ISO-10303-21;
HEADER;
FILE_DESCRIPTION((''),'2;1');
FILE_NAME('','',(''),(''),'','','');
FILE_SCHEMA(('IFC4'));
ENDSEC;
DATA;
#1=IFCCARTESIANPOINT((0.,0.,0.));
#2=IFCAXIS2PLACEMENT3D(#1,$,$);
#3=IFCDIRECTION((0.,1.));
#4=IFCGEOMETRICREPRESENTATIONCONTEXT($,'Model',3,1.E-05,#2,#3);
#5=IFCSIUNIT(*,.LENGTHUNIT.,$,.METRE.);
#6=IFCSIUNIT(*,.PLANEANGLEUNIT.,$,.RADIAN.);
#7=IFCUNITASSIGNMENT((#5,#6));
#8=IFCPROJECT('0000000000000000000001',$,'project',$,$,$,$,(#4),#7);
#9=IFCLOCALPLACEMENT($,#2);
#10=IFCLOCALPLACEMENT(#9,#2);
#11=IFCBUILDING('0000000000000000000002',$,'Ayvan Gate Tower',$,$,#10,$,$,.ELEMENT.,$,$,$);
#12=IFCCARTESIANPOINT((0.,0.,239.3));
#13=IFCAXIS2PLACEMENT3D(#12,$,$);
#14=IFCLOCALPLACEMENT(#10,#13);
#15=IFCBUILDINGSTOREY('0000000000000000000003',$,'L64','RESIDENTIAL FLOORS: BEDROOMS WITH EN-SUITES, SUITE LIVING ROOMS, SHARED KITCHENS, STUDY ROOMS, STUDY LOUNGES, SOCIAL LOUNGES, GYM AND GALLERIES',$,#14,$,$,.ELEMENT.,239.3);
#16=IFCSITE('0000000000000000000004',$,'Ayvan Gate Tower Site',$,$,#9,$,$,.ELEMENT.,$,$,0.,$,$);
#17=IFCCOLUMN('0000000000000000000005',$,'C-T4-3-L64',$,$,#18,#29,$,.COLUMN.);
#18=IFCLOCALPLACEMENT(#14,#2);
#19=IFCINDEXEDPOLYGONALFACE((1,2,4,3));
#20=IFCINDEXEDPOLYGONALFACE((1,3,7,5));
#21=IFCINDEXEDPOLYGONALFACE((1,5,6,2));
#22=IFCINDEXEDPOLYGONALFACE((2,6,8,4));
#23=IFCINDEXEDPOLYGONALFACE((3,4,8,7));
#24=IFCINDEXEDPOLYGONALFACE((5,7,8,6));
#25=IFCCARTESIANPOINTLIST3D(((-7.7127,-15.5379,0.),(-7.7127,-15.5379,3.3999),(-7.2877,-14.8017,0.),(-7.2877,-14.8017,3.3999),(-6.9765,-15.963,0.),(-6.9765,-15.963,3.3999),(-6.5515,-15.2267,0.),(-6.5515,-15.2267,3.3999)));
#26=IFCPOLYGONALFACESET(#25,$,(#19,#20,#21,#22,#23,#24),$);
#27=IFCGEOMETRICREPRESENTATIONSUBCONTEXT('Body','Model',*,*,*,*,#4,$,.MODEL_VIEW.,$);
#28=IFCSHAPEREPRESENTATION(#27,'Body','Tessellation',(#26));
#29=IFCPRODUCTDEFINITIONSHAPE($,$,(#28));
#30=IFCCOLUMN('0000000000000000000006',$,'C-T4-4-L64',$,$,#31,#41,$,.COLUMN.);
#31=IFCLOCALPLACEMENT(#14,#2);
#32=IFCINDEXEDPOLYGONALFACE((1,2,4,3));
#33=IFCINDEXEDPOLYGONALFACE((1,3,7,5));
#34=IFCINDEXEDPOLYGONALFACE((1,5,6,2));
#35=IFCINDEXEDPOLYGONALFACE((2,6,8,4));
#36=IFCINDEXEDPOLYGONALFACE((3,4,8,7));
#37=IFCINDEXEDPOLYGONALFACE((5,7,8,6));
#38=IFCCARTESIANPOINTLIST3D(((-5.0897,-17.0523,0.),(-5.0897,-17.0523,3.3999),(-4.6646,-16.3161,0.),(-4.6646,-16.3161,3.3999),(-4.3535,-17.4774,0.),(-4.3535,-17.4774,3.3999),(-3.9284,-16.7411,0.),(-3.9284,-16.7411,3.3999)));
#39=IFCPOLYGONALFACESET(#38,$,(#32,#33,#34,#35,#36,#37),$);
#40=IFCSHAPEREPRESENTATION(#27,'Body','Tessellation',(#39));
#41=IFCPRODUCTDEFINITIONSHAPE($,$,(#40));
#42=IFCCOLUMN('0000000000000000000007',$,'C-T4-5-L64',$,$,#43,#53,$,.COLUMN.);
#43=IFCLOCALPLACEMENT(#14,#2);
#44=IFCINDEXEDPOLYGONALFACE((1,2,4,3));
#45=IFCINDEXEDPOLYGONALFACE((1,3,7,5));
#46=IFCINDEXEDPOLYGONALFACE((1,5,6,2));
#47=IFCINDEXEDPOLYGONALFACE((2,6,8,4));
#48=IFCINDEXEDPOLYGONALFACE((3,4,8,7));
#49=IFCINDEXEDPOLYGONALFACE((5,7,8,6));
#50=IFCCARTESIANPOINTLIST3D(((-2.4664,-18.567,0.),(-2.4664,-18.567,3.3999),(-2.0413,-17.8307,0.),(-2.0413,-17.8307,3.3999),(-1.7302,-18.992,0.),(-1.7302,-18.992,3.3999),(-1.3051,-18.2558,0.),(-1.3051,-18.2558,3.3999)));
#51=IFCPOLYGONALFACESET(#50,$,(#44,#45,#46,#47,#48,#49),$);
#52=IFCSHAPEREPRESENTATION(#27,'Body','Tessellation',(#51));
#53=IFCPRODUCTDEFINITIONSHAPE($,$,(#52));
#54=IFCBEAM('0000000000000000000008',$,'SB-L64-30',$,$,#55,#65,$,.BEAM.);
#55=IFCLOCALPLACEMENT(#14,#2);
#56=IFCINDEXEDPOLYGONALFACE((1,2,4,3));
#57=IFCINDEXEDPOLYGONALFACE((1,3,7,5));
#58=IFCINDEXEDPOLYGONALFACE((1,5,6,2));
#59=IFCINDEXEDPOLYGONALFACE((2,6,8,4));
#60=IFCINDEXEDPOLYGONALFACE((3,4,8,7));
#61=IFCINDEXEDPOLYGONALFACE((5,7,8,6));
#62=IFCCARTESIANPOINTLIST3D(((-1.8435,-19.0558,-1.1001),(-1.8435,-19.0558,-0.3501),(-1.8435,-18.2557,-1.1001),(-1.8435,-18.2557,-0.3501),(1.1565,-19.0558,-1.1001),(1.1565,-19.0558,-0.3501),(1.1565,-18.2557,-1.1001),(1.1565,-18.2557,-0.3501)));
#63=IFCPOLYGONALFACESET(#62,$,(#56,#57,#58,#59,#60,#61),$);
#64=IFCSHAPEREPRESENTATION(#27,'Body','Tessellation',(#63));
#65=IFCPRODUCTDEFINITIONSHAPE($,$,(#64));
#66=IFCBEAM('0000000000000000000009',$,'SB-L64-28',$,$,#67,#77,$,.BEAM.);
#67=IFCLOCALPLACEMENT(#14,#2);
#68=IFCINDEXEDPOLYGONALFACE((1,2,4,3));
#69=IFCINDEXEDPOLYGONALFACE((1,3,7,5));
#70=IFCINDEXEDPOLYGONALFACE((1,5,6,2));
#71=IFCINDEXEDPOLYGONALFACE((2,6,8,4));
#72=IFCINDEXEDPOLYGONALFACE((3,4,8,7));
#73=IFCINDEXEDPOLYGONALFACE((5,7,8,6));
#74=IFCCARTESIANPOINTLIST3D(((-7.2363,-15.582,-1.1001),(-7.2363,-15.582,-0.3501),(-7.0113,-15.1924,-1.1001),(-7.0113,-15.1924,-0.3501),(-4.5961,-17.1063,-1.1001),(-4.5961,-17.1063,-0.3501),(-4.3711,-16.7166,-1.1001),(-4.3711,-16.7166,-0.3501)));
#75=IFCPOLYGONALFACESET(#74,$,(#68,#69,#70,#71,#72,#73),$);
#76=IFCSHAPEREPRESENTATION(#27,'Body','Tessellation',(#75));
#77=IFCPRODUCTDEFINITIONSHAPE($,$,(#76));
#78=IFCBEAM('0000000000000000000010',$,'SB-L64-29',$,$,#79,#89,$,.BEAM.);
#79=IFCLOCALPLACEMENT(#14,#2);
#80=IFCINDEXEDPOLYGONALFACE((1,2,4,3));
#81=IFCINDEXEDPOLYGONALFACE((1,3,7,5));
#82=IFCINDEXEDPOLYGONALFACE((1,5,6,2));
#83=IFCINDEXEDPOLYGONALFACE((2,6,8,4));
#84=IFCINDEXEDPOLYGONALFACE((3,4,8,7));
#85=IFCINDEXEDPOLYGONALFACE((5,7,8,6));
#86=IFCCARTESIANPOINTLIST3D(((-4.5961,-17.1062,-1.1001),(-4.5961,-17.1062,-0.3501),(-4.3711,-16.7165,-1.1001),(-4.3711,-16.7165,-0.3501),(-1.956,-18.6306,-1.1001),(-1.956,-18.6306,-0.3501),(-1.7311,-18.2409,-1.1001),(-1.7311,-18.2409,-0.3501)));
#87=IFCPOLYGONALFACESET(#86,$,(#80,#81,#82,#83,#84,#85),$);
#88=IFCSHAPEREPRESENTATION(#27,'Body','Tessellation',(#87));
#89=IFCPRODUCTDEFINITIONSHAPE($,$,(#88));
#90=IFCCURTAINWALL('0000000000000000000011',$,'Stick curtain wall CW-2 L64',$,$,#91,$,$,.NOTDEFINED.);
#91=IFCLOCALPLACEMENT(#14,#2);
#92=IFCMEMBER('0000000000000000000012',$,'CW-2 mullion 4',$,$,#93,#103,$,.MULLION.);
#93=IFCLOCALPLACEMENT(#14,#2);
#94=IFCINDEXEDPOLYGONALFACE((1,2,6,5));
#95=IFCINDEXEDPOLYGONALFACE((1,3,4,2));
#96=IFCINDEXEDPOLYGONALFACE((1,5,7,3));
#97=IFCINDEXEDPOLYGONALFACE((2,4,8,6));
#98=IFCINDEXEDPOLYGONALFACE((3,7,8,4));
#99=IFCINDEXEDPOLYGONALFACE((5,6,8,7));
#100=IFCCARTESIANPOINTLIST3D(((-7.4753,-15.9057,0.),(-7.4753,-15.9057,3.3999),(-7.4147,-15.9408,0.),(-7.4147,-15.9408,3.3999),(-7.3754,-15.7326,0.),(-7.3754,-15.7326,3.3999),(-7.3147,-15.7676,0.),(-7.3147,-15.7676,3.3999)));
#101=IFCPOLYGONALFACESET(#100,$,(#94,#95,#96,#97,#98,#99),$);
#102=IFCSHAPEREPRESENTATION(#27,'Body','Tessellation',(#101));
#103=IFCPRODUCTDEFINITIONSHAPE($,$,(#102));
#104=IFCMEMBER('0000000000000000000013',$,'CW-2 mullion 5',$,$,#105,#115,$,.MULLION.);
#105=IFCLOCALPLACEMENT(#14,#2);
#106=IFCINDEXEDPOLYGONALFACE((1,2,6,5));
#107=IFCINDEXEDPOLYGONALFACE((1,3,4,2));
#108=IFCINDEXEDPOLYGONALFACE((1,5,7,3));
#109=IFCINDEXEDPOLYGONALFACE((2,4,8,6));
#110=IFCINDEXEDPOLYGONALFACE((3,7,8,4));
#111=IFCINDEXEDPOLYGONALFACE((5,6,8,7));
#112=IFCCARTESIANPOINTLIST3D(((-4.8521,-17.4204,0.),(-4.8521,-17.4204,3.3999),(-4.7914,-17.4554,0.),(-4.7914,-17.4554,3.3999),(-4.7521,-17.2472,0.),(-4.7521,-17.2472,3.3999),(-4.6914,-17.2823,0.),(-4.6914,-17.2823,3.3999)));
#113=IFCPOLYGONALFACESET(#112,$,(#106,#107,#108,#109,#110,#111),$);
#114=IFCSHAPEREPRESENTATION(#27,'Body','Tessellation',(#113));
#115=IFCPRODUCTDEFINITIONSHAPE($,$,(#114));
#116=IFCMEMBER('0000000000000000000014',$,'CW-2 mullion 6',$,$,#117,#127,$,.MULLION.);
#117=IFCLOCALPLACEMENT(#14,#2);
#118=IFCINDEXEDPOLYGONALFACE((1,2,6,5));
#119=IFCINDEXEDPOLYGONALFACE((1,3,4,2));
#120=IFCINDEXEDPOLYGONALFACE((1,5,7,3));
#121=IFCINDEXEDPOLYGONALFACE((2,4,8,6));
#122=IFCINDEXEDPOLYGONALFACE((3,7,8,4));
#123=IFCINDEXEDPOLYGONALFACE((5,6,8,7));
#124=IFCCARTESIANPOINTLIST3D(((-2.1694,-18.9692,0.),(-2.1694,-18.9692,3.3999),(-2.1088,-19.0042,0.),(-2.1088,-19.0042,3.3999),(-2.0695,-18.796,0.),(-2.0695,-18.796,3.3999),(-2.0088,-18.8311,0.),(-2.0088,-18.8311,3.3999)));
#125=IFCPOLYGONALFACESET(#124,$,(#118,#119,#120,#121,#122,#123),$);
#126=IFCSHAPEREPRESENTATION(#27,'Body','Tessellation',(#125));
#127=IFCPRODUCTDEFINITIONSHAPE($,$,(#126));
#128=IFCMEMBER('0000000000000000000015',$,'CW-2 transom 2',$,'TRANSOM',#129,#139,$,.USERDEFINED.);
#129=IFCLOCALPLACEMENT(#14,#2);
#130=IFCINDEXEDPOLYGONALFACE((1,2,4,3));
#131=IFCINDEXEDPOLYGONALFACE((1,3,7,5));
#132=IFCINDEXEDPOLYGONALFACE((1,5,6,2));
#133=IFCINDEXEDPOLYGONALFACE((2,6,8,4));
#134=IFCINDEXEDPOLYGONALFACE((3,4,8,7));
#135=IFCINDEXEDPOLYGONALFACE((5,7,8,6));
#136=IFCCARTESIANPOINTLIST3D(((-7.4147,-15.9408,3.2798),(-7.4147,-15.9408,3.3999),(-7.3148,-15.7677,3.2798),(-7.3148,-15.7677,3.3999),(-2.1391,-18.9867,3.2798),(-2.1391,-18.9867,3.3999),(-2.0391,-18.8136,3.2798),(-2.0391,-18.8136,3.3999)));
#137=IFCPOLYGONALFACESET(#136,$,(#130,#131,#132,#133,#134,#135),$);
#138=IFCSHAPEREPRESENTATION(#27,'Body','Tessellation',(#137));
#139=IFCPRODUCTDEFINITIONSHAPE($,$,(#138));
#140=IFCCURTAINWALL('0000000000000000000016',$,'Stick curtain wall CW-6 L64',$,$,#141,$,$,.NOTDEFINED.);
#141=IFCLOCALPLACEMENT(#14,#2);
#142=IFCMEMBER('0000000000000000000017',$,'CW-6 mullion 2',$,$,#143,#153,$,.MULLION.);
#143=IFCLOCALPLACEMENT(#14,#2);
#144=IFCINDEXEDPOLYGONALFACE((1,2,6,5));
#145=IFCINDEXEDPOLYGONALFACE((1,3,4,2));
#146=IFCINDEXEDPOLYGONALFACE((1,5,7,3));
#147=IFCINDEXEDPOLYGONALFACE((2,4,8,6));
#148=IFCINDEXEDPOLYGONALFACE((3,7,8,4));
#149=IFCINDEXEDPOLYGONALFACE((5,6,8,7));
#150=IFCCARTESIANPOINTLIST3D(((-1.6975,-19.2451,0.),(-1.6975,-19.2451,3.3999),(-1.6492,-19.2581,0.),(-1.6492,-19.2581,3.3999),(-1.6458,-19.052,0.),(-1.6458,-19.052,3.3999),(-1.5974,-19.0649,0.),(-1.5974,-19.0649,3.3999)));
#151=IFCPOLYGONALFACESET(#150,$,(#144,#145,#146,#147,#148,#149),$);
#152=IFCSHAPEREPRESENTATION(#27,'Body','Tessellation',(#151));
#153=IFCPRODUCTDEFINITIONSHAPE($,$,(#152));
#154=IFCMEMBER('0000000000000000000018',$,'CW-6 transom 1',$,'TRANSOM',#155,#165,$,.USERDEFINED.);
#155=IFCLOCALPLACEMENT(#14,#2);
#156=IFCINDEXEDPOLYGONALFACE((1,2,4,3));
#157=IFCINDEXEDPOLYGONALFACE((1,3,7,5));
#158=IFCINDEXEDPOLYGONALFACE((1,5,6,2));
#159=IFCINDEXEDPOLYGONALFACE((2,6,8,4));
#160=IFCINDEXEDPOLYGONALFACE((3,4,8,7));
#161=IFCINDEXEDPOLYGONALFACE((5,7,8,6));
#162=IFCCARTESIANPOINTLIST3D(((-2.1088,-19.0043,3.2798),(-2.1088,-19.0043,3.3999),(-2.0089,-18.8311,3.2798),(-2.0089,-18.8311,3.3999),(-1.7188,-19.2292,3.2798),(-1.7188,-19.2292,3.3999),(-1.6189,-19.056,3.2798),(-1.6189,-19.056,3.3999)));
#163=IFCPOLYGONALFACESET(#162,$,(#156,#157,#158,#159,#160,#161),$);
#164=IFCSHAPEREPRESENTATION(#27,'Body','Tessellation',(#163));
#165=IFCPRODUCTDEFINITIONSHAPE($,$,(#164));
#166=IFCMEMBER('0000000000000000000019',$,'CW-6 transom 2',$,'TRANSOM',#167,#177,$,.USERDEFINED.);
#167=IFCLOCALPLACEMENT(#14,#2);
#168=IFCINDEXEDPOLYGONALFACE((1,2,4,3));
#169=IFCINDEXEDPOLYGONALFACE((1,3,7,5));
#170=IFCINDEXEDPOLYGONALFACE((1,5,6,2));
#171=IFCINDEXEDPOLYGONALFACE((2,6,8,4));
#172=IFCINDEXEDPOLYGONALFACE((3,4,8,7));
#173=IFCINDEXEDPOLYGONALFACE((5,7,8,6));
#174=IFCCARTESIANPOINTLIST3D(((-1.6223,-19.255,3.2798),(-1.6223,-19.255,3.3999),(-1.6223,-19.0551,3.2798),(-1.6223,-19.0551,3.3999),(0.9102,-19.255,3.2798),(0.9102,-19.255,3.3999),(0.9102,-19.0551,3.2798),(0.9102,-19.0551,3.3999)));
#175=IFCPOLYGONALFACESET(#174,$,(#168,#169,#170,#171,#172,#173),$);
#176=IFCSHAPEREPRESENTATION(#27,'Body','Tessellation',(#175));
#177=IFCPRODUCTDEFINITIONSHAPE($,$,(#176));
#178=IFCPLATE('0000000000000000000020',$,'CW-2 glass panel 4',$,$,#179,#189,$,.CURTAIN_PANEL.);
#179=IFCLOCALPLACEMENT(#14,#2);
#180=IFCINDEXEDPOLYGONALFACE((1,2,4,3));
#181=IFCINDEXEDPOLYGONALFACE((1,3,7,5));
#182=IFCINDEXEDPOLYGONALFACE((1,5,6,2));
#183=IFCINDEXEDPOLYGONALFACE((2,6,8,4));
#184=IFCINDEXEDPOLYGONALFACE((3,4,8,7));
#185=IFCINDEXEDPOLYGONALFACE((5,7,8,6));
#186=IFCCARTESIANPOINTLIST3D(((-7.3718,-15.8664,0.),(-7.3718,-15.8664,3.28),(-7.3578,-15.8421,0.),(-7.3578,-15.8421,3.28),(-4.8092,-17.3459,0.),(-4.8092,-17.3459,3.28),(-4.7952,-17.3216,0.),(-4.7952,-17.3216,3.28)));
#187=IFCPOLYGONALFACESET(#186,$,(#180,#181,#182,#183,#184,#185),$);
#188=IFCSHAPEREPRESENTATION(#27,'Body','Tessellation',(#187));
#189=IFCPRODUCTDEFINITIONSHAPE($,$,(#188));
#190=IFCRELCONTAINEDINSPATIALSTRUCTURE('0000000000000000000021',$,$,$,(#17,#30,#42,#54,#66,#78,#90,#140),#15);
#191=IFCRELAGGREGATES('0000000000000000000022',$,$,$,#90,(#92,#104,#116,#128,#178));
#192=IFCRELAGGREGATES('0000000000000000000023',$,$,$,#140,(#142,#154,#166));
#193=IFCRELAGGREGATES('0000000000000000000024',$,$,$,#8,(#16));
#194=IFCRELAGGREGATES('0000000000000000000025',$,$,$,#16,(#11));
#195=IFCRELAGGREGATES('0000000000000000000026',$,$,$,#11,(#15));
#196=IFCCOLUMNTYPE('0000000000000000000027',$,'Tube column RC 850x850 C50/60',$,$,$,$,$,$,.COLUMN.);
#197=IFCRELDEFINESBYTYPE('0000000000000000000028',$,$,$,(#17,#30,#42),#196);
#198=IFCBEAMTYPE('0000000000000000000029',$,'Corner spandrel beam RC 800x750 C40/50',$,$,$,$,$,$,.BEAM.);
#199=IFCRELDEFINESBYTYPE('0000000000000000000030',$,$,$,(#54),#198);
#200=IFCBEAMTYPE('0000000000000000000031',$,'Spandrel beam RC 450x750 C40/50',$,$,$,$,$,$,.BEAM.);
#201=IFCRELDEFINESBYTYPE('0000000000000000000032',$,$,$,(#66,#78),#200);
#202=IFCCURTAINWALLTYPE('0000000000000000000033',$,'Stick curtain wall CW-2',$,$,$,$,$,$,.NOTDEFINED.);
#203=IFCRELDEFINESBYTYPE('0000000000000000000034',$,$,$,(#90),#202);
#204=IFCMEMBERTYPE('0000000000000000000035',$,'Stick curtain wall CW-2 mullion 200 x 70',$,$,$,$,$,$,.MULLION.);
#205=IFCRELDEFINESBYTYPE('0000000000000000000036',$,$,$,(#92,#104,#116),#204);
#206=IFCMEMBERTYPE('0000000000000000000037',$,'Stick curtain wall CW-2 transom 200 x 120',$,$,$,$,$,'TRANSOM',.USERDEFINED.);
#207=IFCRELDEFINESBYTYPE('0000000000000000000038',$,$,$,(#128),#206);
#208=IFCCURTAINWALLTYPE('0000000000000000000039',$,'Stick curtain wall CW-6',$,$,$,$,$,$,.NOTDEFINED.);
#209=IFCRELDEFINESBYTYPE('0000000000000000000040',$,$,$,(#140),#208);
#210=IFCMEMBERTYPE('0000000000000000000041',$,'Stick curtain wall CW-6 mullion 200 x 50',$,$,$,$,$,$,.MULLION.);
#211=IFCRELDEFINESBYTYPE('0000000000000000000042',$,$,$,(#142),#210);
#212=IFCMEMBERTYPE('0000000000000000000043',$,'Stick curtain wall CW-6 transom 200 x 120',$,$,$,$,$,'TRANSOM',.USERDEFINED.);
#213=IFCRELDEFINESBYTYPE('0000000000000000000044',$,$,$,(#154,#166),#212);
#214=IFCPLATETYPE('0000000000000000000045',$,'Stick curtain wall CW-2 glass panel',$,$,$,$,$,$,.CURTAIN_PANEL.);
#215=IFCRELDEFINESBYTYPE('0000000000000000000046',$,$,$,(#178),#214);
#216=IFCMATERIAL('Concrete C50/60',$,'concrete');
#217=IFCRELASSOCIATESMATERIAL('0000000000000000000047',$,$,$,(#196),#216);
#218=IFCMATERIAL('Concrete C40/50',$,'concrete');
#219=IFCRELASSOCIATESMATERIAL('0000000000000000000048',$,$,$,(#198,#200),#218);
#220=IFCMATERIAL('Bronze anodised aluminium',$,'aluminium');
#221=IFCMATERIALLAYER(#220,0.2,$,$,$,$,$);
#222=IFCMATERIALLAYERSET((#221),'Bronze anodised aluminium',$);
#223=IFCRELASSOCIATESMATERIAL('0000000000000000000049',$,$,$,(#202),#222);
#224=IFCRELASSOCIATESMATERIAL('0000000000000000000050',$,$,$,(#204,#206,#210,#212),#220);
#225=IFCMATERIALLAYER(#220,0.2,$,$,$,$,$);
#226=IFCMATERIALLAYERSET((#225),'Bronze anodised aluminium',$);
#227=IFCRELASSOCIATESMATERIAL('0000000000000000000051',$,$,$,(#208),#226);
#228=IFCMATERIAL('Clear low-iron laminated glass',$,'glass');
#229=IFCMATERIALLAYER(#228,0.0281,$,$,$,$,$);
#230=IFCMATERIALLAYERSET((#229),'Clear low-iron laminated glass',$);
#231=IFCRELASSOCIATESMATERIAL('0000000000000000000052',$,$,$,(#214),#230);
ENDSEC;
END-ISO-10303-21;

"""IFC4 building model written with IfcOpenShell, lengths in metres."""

from ifc_helpers import new_model, si_unit, direction, frame, origin, origin_2d, place, context, subcontext, project, spatial, rectangle, extrude, material, layer, layer_set, material_profile, profile_set, type_object, element, aggregate, save


model = new_model("IFC4")

# Units and contexts
model_context = context("Model", 3, precision=1e-05, world=origin(), true_north=direction((0.0, 1.0)))
body_context = subcontext(model_context, "Body", "Model", "MODEL_VIEW")
ifc_project = project(units=[si_unit("LENGTHUNIT", "METRE"), si_unit("PLANEANGLEUNIT", "RADIAN")], contexts=[model_context])

# Site, building, storey
site_placement = place(None, origin())
site = spatial("IfcSite", under=ifc_project, at=site_placement, Name="Ayvan Gate Tower Site", CompositionType="ELEMENT", RefElevation=0.0)
building_placement = place(site_placement, origin())
building = spatial("IfcBuilding", under=site, at=building_placement, Name="Ayvan Gate Tower", CompositionType="ELEMENT")
storey_placement = place(building_placement, frame((0.0, 0.0, 239.3)))
storey = spatial("IfcBuildingStorey", under=building, at=storey_placement, Name="L64", Description="RESIDENTIAL FLOORS: BEDROOMS WITH EN-SUITES, SUITE LIVING ROOMS, SHARED KITCHENS, STUDY ROOMS, STUDY LOUNGES, SOCIAL LOUNGES, GYM AND GALLERIES", CompositionType="ELEMENT", Elevation=239.3)

# Columns
ifc_material_1 = material(Name="Concrete C50/60", Category="concrete")
ifc_material_profile_1 = material_profile(ifc_material_1, rectangle(XDim=0.8501, YDim=0.8501, at=origin_2d()), Name="RC 850x850")
ifc_profile_set_1 = profile_set([ifc_material_profile_1], Name="Concrete C50/60")
column_type = type_object("IfcColumnType", Name="Tube column RC 850x850 C50/60", PredefinedType="COLUMN", material=ifc_profile_set_1)
for number, where, z_axis, x_axis, name in (
    (1, (-7.1321, -15.3823, 0.0), (0.0, 0.0, 1.0), (-0.5, -0.866025, 0.0), "C-T4-3-L64"),
    (2, (-4.509, -16.8967, 0.0), (0.0, 0.0, 1.0), (-0.5, -0.866025, 0.0), "C-T4-4-L64"),
    (3, (-1.8857, -18.4114, 0.0), (0.0, 0.0, 1.0), (-0.5, -0.866025, 0.0), "C-T4-5-L64"),
):
    element("IfcColumn", number, at=place(storey_placement, frame(where, z_axis=z_axis, x_axis=x_axis)), inside=storey, type_object=column_type, Name=name, PredefinedType="COLUMN", context=body_context, shape_type="SweptSolid", body=[
        extrude(rectangle(XDim=0.8501, YDim=0.8501, at=origin_2d()), origin(), (0.0, 0.0, 1.0), 3.3999),
    ])

# Beams
ifc_material_2 = material(Name="Concrete C40/50", Category="concrete")
ifc_material_profile_2 = material_profile(ifc_material_2, rectangle(XDim=0.8, YDim=0.75, at=origin_2d()), Name="RC 800x750")
ifc_profile_set_2 = profile_set([ifc_material_profile_2], Name="Concrete C40/50")
beam_type_1 = type_object("IfcBeamType", Name="Corner spandrel beam RC 800x750 C40/50", PredefinedType="BEAM", material=ifc_profile_set_2)
beam_placement = place(storey_placement, frame((-1.8435, -18.6558, -0.7251), z_axis=(1.0, 0.0, 0.0), x_axis=(0.0, 1.0, 0.0)))
element("IfcBeam", 4, at=beam_placement, inside=storey, type_object=beam_type_1, Name="SB-L64-30", PredefinedType="BEAM", context=body_context, shape_type="SweptSolid", body=[
    extrude(rectangle(XDim=0.8, YDim=0.75, at=origin_2d()), origin(), (0.0, 0.0, 1.0), 3.0),
])
ifc_material_profile_3 = material_profile(ifc_material_2, rectangle(XDim=0.45, YDim=0.75, at=origin_2d()), Name="RC 450x750")
ifc_profile_set_3 = profile_set([ifc_material_profile_3], Name="Concrete C40/50")
beam_type_2 = type_object("IfcBeamType", Name="Spandrel beam RC 450x750 C40/50", PredefinedType="BEAM", material=ifc_profile_set_3)
for number, where, z_axis, x_axis, name in (
    (5, (-7.1238, -15.3872, -0.7251), (0.866042, -0.499972, 0.0), (0.499972, 0.866042, 0.0), "SB-L64-28"),
    (6, (-4.4836, -16.9114, -0.7251), (0.866007, -0.500032, 0.0), (0.500032, 0.866007, 0.0), "SB-L64-29"),
):
    element("IfcBeam", number, at=place(storey_placement, frame(where, z_axis=z_axis, x_axis=x_axis)), inside=storey, type_object=beam_type_2, Name=name, PredefinedType="BEAM", context=body_context, shape_type="SweptSolid", body=[
        extrude(rectangle(XDim=0.45, YDim=0.75, at=origin_2d()), origin(), (0.0, 0.0, 1.0), 3.0486),
    ])

# Curtain walls, members
ifc_material_3 = material(Name="Bronze anodised aluminium", Category="aluminium")
ifc_layer_1 = layer(ifc_material_3, 0.2)
ifc_layer_set_1 = layer_set([ifc_layer_1], Name="Bronze anodised aluminium")
curtain_wall_type_1 = type_object("IfcCurtainWallType", Name="Stick curtain wall CW-2", PredefinedType="NOTDEFINED", material=ifc_layer_set_1)
curtain_wall_1_placement = place(storey_placement, origin())
curtain_wall_1 = element("IfcCurtainWall", 7, at=curtain_wall_1_placement, inside=storey, type_object=curtain_wall_type_1, Name="Stick curtain wall CW-2 L64", PredefinedType="NOTDEFINED")
ifc_material_profile_4 = material_profile(ifc_material_3, rectangle(XDim=0.2, YDim=0.0701, at=origin_2d()), Name="Stick curtain wall CW-2 mullion 200 x 70")
ifc_profile_set_4 = profile_set([ifc_material_profile_4], Name="Bronze anodised aluminium")
member_type_1 = type_object("IfcMemberType", Name="Stick curtain wall CW-2 mullion 200 x 70", PredefinedType="MULLION", material=ifc_profile_set_4)
member_1_placement = place(storey_placement, frame((-7.395, -15.8367, 0.0), z_axis=(0.0, 0.0, 1.0), x_axis=(-0.5, -0.866025, 0.0)))
member_1 = element("IfcMember", 8, at=member_1_placement, type_object=member_type_1, Name="CW-2 mullion 4", PredefinedType="MULLION", context=body_context, shape_type="SweptSolid", body=[
    extrude(rectangle(XDim=0.2, YDim=0.0701, at=origin_2d()), origin(), (0.0, 0.0, 1.0), 3.3999),
])
member_2_placement = place(storey_placement, frame((-4.7717, -17.3513, 0.0), z_axis=(0.0, 0.0, 1.0), x_axis=(-0.5, -0.866025, 0.0)))
member_2 = element("IfcMember", 9, at=member_2_placement, type_object=member_type_1, Name="CW-2 mullion 5", PredefinedType="MULLION", context=body_context, shape_type="SweptSolid", body=[
    extrude(rectangle(XDim=0.2, YDim=0.0701, at=origin_2d()), origin(), (0.0, 0.0, 1.0), 3.3999),
])
member_3_placement = place(storey_placement, frame((-2.0891, -18.9001, 0.0), z_axis=(0.0, 0.0, 1.0), x_axis=(-0.5, -0.866025, 0.0)))
member_3 = element("IfcMember", 10, at=member_3_placement, type_object=member_type_1, Name="CW-2 mullion 6", PredefinedType="MULLION", context=body_context, shape_type="SweptSolid", body=[
    extrude(rectangle(XDim=0.2, YDim=0.0701, at=origin_2d()), origin(), (0.0, 0.0, 1.0), 3.3999),
])
ifc_material_profile_5 = material_profile(ifc_material_3, rectangle(XDim=0.2, YDim=0.1201, at=origin_2d()), Name="Stick curtain wall CW-2 transom 200 x 120")
ifc_profile_set_5 = profile_set([ifc_material_profile_5], Name="Bronze anodised aluminium")
member_type_2 = type_object("IfcMemberType", Name="Stick curtain wall CW-2 transom 200 x 120", ElementType="TRANSOM", PredefinedType="USERDEFINED", material=ifc_profile_set_5)
member_4_placement = place(storey_placement, frame((-7.3647, -15.8542, 3.3398), z_axis=(0.866025, -0.500001, 0.0), x_axis=(0.500001, 0.866025, 0.0)))
member_4 = element("IfcMember", 11, at=member_4_placement, type_object=member_type_2, Name="CW-2 transom 2", ObjectType="TRANSOM", PredefinedType="USERDEFINED", context=body_context, shape_type="SweptSolid", body=[
    extrude(rectangle(XDim=0.2, YDim=0.1201, at=origin_2d()), origin(), (0.0, 0.0, 1.0), 6.0918),
])
ifc_layer_2 = layer(ifc_material_3, 0.2)
ifc_layer_set_2 = layer_set([ifc_layer_2], Name="Bronze anodised aluminium")
curtain_wall_type_2 = type_object("IfcCurtainWallType", Name="Stick curtain wall CW-6", PredefinedType="NOTDEFINED", material=ifc_layer_set_2)
curtain_wall_2_placement = place(storey_placement, origin())
curtain_wall_2 = element("IfcCurtainWall", 12, at=curtain_wall_2_placement, inside=storey, type_object=curtain_wall_type_2, Name="Stick curtain wall CW-6 L64", PredefinedType="NOTDEFINED")
ifc_material_profile_6 = material_profile(ifc_material_3, rectangle(XDim=0.2, YDim=0.05, at=origin_2d()), Name="Stick curtain wall CW-6 mullion 200 x 50")
ifc_profile_set_6 = profile_set([ifc_material_profile_6], Name="Bronze anodised aluminium")
member_type_3 = type_object("IfcMemberType", Name="Stick curtain wall CW-6 mullion 200 x 50", PredefinedType="MULLION", material=ifc_profile_set_6)
member_5_placement = place(storey_placement, frame((-1.6475, -19.155, 0.0), z_axis=(0.0, 0.0, 1.0), x_axis=(-0.258819, -0.965926, 0.0)))
member_5 = element("IfcMember", 13, at=member_5_placement, type_object=member_type_3, Name="CW-6 mullion 2", PredefinedType="MULLION", context=body_context, shape_type="SweptSolid", body=[
    extrude(rectangle(XDim=0.2, YDim=0.05, at=origin_2d()), origin(), (0.0, 0.0, 1.0), 3.3999),
])
ifc_material_profile_7 = material_profile(ifc_material_3, rectangle(XDim=0.2, YDim=0.1201, at=origin_2d()), Name="Stick curtain wall CW-6 transom 200 x 120")
ifc_profile_set_7 = profile_set([ifc_material_profile_7], Name="Bronze anodised aluminium")
member_type_4 = type_object("IfcMemberType", Name="Stick curtain wall CW-6 transom 200 x 120", ElementType="TRANSOM", PredefinedType="USERDEFINED", material=ifc_profile_set_7)
member_6_placement = place(storey_placement, frame((-2.0588, -18.9177, 3.3398), z_axis=(0.866267, -0.499582, 0.0), x_axis=(0.499582, 0.866267, 0.0)))
member_6 = element("IfcMember", 14, at=member_6_placement, type_object=member_type_4, Name="CW-6 transom 1", ObjectType="TRANSOM", PredefinedType="USERDEFINED", context=body_context, shape_type="SweptSolid", body=[
    extrude(rectangle(XDim=0.2, YDim=0.1201, at=origin_2d()), origin(), (0.0, 0.0, 1.0), 0.4502),
])
member_7_placement = place(storey_placement, frame((-1.6223, -19.155, 3.3398), z_axis=(1.0, 0.0, 0.0), x_axis=(0.0, 1.0, 0.0)))
member_7 = element("IfcMember", 15, at=member_7_placement, type_object=member_type_4, Name="CW-6 transom 2", ObjectType="TRANSOM", PredefinedType="USERDEFINED", context=body_context, shape_type="SweptSolid", body=[
    extrude(rectangle(XDim=0.2, YDim=0.1201, at=origin_2d()), origin(), (0.0, 0.0, 1.0), 2.5325),
])

# Plate
ifc_material_4 = material(Name="Clear low-iron laminated glass", Category="glass")
ifc_layer_3 = layer(ifc_material_4, 0.0281)
ifc_layer_set_3 = layer_set([ifc_layer_3], Name="Clear low-iron laminated glass")
plate_type_1 = type_object("IfcPlateType", Name="Stick curtain wall CW-2 glass panel", PredefinedType="CURTAIN_PANEL", material=ifc_layer_set_3)
plate_1_placement = place(storey_placement, frame((-6.0835, -16.594, 0.0), z_axis=(0.0, 0.0, 1.0), x_axis=(0.866025, -0.5, 0.0)))
plate_1 = element("IfcPlate", 16, at=plate_1_placement, type_object=plate_type_1, Name="CW-2 glass panel 4", PredefinedType="CURTAIN_PANEL", context=body_context, shape_type="SweptSolid", body=[
    extrude(rectangle(XDim=2.959, YDim=0.0281, at=origin_2d()), origin(), (0.0, 0.0, 1.0), 3.28),
])
aggregate(curtain_wall_1, [member_1, member_2, member_3, member_4, plate_1])
aggregate(curtain_wall_2, [member_5, member_6, member_7])

save(model, "model.ifc")
